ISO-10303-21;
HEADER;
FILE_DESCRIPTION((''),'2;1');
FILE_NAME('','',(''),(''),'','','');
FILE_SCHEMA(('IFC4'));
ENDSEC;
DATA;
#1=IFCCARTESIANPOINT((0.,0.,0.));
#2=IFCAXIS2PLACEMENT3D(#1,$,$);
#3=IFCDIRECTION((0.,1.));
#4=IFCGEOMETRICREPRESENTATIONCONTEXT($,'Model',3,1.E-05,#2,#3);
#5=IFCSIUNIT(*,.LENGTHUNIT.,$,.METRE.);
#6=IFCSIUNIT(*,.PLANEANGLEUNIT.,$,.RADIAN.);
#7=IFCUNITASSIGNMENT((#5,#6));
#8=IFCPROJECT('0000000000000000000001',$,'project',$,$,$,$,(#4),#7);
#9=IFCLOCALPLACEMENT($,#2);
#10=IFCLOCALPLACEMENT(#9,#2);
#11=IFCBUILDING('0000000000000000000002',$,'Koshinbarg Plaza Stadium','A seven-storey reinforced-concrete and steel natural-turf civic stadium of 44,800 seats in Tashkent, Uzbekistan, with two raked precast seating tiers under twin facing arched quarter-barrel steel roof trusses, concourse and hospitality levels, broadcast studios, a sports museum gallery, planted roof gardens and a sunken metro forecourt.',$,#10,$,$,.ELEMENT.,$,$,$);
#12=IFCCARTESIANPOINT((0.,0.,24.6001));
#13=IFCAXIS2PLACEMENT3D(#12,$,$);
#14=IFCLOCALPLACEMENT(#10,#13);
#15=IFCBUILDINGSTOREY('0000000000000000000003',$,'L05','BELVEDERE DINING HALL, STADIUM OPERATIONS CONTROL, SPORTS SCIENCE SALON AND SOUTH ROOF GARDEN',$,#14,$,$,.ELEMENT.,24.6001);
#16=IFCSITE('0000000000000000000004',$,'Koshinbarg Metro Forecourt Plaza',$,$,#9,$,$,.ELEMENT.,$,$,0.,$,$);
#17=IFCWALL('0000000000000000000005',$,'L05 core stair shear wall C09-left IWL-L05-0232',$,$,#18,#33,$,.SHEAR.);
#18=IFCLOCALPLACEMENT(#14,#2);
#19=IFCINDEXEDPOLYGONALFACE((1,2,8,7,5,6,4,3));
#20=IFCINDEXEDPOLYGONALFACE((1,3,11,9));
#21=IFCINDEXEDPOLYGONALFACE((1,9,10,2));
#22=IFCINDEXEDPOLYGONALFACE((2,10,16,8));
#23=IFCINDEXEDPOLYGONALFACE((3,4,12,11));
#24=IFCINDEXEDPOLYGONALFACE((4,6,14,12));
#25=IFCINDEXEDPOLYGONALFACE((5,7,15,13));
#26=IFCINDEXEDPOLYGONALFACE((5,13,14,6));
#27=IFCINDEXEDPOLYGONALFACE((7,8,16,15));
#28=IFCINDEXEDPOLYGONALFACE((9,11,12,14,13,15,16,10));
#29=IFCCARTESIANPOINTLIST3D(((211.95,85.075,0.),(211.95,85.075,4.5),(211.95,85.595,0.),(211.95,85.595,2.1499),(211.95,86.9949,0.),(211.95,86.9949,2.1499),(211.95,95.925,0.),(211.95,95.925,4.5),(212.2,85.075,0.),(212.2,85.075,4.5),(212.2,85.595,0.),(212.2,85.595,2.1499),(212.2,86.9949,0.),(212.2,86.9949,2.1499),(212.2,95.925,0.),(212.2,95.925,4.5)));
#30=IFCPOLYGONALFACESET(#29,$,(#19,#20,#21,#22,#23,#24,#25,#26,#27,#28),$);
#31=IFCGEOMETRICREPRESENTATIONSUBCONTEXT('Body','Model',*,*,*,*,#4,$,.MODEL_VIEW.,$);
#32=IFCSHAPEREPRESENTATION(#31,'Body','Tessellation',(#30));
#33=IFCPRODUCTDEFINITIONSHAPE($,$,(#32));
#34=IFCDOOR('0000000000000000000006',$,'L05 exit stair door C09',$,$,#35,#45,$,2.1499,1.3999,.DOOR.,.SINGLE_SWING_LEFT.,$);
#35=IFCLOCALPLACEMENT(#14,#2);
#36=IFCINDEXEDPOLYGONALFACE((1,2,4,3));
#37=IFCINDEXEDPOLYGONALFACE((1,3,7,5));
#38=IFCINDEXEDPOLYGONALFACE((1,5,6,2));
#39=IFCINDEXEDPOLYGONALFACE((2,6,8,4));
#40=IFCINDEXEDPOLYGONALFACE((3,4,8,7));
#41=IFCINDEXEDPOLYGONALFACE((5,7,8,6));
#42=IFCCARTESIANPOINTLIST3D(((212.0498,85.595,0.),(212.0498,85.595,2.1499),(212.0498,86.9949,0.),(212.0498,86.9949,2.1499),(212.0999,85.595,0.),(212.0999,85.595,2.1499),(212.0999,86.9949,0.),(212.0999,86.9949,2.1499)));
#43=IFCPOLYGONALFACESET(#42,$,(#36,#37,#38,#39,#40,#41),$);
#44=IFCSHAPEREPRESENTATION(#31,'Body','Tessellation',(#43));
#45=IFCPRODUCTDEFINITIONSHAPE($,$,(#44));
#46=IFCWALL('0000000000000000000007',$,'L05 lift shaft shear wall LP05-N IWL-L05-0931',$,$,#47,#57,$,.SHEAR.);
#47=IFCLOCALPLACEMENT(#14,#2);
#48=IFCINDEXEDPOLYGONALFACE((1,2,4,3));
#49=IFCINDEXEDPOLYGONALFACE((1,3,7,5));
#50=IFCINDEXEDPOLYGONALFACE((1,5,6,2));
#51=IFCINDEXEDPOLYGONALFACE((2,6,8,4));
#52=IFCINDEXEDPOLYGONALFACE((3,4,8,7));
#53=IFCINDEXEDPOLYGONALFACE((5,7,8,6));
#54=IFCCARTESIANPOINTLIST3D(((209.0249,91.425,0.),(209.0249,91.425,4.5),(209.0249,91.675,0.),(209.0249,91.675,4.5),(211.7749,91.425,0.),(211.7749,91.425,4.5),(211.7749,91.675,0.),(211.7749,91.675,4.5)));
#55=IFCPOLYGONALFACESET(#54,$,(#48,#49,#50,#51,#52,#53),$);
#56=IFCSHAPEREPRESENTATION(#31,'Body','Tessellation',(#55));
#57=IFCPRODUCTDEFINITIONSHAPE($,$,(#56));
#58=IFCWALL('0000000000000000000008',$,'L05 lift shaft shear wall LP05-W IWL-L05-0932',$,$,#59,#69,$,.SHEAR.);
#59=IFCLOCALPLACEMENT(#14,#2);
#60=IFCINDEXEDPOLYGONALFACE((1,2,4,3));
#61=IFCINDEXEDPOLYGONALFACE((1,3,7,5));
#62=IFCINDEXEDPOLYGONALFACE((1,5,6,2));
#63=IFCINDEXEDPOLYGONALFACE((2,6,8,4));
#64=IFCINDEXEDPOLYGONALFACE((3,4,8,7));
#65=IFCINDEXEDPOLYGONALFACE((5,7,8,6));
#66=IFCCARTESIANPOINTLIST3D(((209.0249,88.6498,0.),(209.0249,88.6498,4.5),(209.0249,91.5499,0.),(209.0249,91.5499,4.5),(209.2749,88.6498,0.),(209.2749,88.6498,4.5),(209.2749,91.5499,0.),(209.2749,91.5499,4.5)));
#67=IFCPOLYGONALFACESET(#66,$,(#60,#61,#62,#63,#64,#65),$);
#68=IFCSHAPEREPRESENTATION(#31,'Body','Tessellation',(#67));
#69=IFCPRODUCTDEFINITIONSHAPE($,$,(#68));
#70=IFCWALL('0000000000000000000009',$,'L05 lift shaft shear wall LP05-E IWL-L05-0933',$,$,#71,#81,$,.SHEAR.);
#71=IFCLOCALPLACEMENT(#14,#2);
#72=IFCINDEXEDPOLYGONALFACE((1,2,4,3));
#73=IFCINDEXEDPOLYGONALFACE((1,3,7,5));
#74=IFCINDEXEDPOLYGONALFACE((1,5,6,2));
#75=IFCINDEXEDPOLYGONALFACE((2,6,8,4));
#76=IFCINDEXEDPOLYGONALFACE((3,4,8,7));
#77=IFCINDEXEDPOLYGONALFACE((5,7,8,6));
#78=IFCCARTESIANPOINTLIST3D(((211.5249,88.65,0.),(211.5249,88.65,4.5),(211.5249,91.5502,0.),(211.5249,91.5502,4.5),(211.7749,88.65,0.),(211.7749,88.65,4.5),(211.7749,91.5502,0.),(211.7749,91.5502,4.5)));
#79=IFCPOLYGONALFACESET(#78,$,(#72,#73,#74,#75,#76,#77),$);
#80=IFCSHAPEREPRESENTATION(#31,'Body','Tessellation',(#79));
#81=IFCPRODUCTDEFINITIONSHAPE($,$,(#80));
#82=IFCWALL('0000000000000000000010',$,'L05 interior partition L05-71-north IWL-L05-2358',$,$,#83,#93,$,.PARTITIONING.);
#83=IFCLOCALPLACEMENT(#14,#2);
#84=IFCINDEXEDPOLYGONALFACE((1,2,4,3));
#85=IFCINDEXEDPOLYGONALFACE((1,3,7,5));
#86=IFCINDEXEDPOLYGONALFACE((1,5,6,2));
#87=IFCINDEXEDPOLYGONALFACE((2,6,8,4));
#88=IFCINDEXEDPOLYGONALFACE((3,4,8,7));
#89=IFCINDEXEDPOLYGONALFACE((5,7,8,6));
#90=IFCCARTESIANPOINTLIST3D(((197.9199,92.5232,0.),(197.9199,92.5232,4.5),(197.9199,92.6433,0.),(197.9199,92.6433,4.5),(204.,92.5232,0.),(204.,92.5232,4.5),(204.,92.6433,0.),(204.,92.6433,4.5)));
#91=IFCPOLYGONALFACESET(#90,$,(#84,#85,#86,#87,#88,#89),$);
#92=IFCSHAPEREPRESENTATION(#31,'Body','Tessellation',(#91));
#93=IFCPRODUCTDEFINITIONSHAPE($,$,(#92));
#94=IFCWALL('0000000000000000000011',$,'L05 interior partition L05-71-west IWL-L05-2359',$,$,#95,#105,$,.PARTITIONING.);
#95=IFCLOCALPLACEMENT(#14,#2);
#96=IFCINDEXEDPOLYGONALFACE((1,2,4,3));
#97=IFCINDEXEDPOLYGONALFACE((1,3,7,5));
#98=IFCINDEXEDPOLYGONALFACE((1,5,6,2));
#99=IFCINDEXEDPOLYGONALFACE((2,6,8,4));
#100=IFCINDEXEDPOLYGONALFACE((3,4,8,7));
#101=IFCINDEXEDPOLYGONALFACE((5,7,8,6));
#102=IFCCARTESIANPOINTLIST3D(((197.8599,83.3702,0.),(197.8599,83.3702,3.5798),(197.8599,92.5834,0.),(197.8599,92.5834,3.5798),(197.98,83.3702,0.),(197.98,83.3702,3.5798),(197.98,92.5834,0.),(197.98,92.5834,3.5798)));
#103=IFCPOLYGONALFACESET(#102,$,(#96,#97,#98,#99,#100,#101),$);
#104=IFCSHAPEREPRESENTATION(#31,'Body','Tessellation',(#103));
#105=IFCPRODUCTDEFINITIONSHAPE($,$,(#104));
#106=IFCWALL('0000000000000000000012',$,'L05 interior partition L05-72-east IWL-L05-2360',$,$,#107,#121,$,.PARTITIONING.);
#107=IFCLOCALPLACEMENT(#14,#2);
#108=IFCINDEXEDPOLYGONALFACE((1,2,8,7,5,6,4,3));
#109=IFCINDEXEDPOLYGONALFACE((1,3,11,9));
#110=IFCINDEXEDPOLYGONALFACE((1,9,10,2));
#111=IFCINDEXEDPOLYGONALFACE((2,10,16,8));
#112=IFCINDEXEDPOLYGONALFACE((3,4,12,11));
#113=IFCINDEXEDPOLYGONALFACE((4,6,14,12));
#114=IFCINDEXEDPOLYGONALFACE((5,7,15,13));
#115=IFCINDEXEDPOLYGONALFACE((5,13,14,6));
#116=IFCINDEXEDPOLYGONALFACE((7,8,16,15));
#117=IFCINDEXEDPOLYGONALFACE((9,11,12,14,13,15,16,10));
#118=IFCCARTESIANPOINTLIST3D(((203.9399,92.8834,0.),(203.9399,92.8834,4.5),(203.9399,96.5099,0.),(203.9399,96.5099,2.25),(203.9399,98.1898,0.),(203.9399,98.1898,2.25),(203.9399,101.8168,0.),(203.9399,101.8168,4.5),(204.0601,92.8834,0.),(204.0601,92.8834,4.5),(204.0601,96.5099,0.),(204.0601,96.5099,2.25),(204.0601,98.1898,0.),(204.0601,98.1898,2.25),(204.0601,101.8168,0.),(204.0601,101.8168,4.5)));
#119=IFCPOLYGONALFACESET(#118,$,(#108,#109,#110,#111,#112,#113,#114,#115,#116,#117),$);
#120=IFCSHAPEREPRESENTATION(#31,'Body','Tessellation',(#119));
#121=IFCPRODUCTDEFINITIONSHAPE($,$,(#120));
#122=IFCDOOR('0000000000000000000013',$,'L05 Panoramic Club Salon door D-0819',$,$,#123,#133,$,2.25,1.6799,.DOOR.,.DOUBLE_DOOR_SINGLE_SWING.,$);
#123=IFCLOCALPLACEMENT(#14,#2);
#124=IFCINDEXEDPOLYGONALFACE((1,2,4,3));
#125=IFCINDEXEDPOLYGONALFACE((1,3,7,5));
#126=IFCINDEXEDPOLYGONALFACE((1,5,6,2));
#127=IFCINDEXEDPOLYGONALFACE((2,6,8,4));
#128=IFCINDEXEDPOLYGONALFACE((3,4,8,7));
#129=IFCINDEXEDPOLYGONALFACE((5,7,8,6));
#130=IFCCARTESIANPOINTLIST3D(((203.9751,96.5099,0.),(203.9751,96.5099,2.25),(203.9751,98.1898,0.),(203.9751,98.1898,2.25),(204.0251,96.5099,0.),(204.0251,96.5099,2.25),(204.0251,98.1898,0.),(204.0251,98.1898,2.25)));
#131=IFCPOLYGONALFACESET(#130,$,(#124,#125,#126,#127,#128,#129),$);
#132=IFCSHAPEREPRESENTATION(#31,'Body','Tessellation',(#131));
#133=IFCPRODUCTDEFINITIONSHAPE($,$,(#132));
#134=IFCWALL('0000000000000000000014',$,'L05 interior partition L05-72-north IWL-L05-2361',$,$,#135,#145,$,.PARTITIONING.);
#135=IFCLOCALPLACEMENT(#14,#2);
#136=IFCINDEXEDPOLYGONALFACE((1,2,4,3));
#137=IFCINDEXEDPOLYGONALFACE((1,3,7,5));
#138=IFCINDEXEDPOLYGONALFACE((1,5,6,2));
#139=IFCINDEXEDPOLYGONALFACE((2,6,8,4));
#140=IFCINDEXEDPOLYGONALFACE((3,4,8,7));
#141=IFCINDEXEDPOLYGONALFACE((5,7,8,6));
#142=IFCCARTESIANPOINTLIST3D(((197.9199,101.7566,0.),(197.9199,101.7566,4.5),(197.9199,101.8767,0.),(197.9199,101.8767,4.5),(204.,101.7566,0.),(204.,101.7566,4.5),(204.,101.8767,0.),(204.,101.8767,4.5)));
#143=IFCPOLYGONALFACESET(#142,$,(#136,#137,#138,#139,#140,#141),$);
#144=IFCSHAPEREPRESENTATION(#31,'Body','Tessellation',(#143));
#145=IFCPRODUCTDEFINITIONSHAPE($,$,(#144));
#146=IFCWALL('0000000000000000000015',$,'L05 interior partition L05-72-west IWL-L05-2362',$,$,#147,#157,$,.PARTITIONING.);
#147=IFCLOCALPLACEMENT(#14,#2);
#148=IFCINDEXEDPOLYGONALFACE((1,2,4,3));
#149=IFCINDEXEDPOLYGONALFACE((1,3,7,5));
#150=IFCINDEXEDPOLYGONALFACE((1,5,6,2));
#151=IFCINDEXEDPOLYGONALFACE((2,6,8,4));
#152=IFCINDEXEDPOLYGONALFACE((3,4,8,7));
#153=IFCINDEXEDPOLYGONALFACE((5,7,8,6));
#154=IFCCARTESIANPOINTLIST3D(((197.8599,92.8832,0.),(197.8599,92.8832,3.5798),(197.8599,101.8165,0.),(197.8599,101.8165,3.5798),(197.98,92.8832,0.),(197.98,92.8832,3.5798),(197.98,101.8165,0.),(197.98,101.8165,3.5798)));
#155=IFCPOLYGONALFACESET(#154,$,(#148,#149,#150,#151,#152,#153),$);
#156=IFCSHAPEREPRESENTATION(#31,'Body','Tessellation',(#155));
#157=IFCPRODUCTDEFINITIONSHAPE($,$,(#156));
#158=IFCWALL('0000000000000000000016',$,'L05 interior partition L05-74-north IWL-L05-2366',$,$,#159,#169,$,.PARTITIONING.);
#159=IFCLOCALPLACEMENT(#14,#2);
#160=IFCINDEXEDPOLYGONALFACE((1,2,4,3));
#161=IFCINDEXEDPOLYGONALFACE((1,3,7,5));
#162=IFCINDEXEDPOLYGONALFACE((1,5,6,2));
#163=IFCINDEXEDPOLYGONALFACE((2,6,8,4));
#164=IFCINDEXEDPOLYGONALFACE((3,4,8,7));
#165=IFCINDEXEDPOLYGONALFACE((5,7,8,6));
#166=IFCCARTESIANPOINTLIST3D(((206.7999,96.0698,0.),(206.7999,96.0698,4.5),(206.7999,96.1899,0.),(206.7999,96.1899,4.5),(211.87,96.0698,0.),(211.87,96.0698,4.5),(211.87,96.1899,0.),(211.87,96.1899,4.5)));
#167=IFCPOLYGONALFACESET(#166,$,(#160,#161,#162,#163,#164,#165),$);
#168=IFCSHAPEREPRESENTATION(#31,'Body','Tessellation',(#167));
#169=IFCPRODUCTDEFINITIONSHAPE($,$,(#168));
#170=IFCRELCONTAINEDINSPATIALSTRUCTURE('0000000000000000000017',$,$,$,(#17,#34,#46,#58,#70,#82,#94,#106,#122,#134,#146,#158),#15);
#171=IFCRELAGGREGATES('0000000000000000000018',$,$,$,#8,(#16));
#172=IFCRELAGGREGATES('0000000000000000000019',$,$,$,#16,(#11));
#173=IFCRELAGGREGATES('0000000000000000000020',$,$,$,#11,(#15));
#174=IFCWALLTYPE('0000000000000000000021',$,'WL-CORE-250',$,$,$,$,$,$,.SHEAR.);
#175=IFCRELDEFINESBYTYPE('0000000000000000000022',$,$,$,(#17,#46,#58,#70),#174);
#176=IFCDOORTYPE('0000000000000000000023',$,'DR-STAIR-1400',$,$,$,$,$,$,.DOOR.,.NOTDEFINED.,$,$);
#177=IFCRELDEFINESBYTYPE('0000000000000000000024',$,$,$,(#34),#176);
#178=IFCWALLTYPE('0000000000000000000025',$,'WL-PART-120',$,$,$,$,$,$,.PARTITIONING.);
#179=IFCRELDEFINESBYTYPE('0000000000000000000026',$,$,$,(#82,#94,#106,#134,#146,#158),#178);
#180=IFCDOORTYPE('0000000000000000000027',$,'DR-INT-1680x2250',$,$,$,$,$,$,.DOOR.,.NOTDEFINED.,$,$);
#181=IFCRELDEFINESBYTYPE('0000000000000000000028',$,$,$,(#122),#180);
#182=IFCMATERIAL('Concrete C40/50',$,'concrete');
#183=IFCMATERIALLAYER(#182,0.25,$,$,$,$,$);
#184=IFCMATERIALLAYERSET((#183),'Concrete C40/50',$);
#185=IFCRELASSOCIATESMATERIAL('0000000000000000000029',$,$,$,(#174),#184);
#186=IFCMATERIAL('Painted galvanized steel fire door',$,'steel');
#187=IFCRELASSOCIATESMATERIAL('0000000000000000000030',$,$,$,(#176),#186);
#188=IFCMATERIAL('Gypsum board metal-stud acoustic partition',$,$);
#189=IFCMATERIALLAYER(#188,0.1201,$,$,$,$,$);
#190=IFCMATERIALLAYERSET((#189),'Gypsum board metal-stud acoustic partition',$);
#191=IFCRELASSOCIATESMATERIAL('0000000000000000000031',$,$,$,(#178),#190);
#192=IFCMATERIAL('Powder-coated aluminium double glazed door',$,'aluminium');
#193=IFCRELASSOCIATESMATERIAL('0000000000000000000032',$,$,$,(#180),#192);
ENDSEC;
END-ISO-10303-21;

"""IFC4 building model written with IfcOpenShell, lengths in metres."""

from ifc_helpers import new_model, si_unit, direction, frame, frame_2d, origin, place, context, subcontext, project, spatial, rectangle, extrude, material, layer, layer_set, type_object, element, fill, save


model = new_model("IFC4")

# Units and contexts
model_context = context("Model", 3, precision=1e-05, world=origin(), true_north=direction((0.0, 1.0)))
body_context = subcontext(model_context, "Body", "Model", "MODEL_VIEW")
ifc_project = project(units=[si_unit("LENGTHUNIT", "METRE"), si_unit("PLANEANGLEUNIT", "RADIAN")], contexts=[model_context])

# Site, building, storey
site_placement = place(None, origin())
site = spatial("IfcSite", under=ifc_project, at=site_placement, Name="Koshinbarg Metro Forecourt Plaza", CompositionType="ELEMENT", RefElevation=0.0)
building_placement = place(site_placement, origin())
building = spatial("IfcBuilding", under=site, at=building_placement, Name="Koshinbarg Plaza Stadium", Description="A seven-storey reinforced-concrete and steel natural-turf civic stadium of 44,800 seats in Tashkent, Uzbekistan, with two raked precast seating tiers under twin facing arched quarter-barrel steel roof trusses, concourse and hospitality levels, broadcast studios, a sports museum gallery, planted roof gardens and a sunken metro forecourt.", CompositionType="ELEMENT")
storey_placement = place(building_placement, frame((0.0, 0.0, 24.6001)))
storey = spatial("IfcBuildingStorey", under=building, at=storey_placement, Name="L05", Description="BELVEDERE DINING HALL, STADIUM OPERATIONS CONTROL, SPORTS SCIENCE SALON AND SOUTH ROOF GARDEN", CompositionType="ELEMENT", Elevation=24.6001)

# Shared definitions
ifc_material_1 = material(Name="Concrete C40/50", Category="concrete")

# Wall, opening, door
ifc_layer_1 = layer(ifc_material_1, 0.25)
ifc_layer_set_1 = layer_set([ifc_layer_1], Name="Concrete C40/50")
wall_type_1 = type_object("IfcWallType", Name="WL-CORE-250", PredefinedType="SHEAR", material=ifc_layer_set_1)
wall_1_placement = place(storey_placement, frame((212.075, 85.075, 0.0), z_axis=(0.0, 0.0, 1.0), x_axis=(0.0, 1.0, 0.0)))
wall_1 = element("IfcWall", 1, at=wall_1_placement, inside=storey, type_object=wall_type_1, Name="L05 core stair shear wall C09-left IWL-L05-0232", PredefinedType="SHEAR", context=body_context, shape_type="SweptSolid", body=[
    extrude(rectangle(XDim=10.8501, YDim=0.25, at=frame_2d((5.425, 0.0))), origin(), (0.0, 0.0, 1.0), 4.5),
])
opening_1_placement = place(wall_1_placement, frame((0.52, 0.0, 0.0)))
opening_1 = element("IfcOpeningElement", 2, at=opening_1_placement, cuts=wall_1, PredefinedType="OPENING", context=body_context, shape_type="SweptSolid", body=[
    extrude(rectangle(XDim=1.3999, YDim=2.1499, at=frame_2d((0.7, 1.075))), frame((0.0, 0.135, 0.0), z_axis=(0.0, -1.0, 0.0), x_axis=(1.0, 0.0, 0.0)), (0.0, 0.0, 1.0), 0.27),
])
ifc_material_2 = material(Name="Painted galvanized steel fire door", Category="steel")
door_type_1 = type_object("IfcDoorType", Name="DR-STAIR-1400", OperationType="NOTDEFINED", PredefinedType="DOOR", material=ifc_material_2)
door_1_placement = place(opening_1_placement, frame((1.3999, 0.0, 0.0), z_axis=(0.0, 0.0, 1.0), x_axis=(-1.0, 0.0, 0.0)))
door_1 = element("IfcDoor", 3, at=door_1_placement, inside=storey, type_object=door_type_1, Name="L05 exit stair door C09", OperationType="SINGLE_SWING_LEFT", OverallHeight=2.1499, OverallWidth=1.3999, PredefinedType="DOOR", context=body_context, shape_type="SweptSolid", body=[
    extrude(rectangle(XDim=1.3999, YDim=2.1499, at=frame_2d((0.7, 1.075))), frame((0.0, 0.0249, 0.0), z_axis=(0.0, -1.0, 0.0), x_axis=(1.0, 0.0, 0.0)), (0.0, 0.0, 1.0), 0.05),
])
fill(opening_1, door_1)

# Walls
wall_2_placement = place(storey_placement, frame((211.7749, 91.55, 0.0), z_axis=(0.0, 0.0, 1.0), x_axis=(-1.0, 0.0, 0.0)))
element("IfcWall", 4, at=wall_2_placement, inside=storey, type_object=wall_type_1, Name="L05 lift shaft shear wall LP05-N IWL-L05-0931", PredefinedType="SHEAR", context=body_context, shape_type="SweptSolid", body=[
    extrude(rectangle(XDim=2.75, YDim=0.25, at=frame_2d((1.375, 0.0))), origin(), (0.0, 0.0, 1.0), 4.5),
])
for number, where, z_axis, x_axis, name in (
    (5, (209.1499, 91.55, 0.0), (0.0, 0.0, 1.0), (0.0, -1.0, 0.0), "L05 lift shaft shear wall LP05-W IWL-L05-0932"),
    (6, (211.6499, 88.6499, 0.0), (0.0, 0.0, 1.0), (0.0, 1.0, 0.0), "L05 lift shaft shear wall LP05-E IWL-L05-0933"),
):
    element("IfcWall", number, at=place(storey_placement, frame(where, z_axis=z_axis, x_axis=x_axis)), inside=storey, type_object=wall_type_1, Name=name, PredefinedType="SHEAR", context=body_context, shape_type="SweptSolid", body=[
        extrude(rectangle(XDim=2.9001, YDim=0.25, at=frame_2d((1.4502, 0.0))), origin(), (0.0, 0.0, 1.0), 4.5),
    ])
ifc_material_3 = material(Name="Gypsum board metal-stud acoustic partition")
ifc_layer_2 = layer(ifc_material_3, 0.1201)
ifc_layer_set_2 = layer_set([ifc_layer_2], Name="Gypsum board metal-stud acoustic partition")
wall_type_2 = type_object("IfcWallType", Name="WL-PART-120", PredefinedType="PARTITIONING", material=ifc_layer_set_2)
wall_3_placement = place(storey_placement, frame((204.0, 92.5833, 0.0), z_axis=(0.0, 0.0, 1.0), x_axis=(-1.0, 0.0, 0.0)))
element("IfcWall", 7, at=wall_3_placement, inside=storey, type_object=wall_type_2, Name="L05 interior partition L05-71-north IWL-L05-2358", PredefinedType="PARTITIONING", context=body_context, shape_type="SweptSolid", body=[
    extrude(rectangle(XDim=6.0801, YDim=0.1201, at=frame_2d((3.04, 0.0))), origin(), (0.0, 0.0, 1.0), 4.5),
])
wall_4_placement = place(storey_placement, frame((197.9199, 92.5833, 0.0), z_axis=(0.0, 0.0, 1.0), x_axis=(0.0, -1.0, 0.0)))
element("IfcWall", 8, at=wall_4_placement, inside=storey, type_object=wall_type_2, Name="L05 interior partition L05-71-west IWL-L05-2359", PredefinedType="PARTITIONING", context=body_context, shape_type="SweptSolid", body=[
    extrude(rectangle(XDim=9.2131, YDim=0.1201, at=frame_2d((4.6064, 0.0))), origin(), (0.0, 0.0, 1.0), 3.5798),
])

# Wall, opening, door
wall_5_placement = place(storey_placement, frame((204.0, 92.8833, 0.0), z_axis=(0.0, 0.0, 1.0), x_axis=(0.0, 1.0, 0.0)))
wall_5 = element("IfcWall", 9, at=wall_5_placement, inside=storey, type_object=wall_type_2, Name="L05 interior partition L05-72-east IWL-L05-2360", PredefinedType="PARTITIONING", context=body_context, shape_type="SweptSolid", body=[
    extrude(rectangle(XDim=8.9333, YDim=0.1201, at=frame_2d((4.4668, 0.0))), origin(), (0.0, 0.0, 1.0), 4.5),
])
opening_2_placement = place(wall_5_placement, frame((3.6267, 0.0, 0.0)))
opening_2 = element("IfcOpeningElement", 10, at=opening_2_placement, cuts=wall_5, PredefinedType="OPENING", context=body_context, shape_type="SweptSolid", body=[
    extrude(rectangle(XDim=1.6799, YDim=2.25, at=frame_2d((0.8398, 1.125))), frame((0.0, 0.0701, 0.0), z_axis=(0.0, -1.0, 0.0), x_axis=(1.0, 0.0, 0.0)), (0.0, 0.0, 1.0), 0.1401),
])
ifc_material_4 = material(Name="Powder-coated aluminium double glazed door", Category="aluminium")
door_type_2 = type_object("IfcDoorType", Name="DR-INT-1680x2250", OperationType="NOTDEFINED", PredefinedType="DOOR", material=ifc_material_4)
door_2_placement = place(opening_2_placement, origin())
door_2 = element("IfcDoor", 11, at=door_2_placement, inside=storey, type_object=door_type_2, Name="L05 Panoramic Club Salon door D-0819", OperationType="DOUBLE_DOOR_SINGLE_SWING", OverallHeight=2.25, OverallWidth=1.6799, PredefinedType="DOOR", context=body_context, shape_type="SweptSolid", body=[
    extrude(rectangle(XDim=1.6799, YDim=2.25, at=frame_2d((0.8398, 1.125))), frame((0.0, 0.0249, 0.0), z_axis=(0.0, -1.0, 0.0), x_axis=(1.0, 0.0, 0.0)), (0.0, 0.0, 1.0), 0.05),
])
fill(opening_2, door_2)

# Walls
wall_6_placement = place(storey_placement, frame((204.0, 101.8167, 0.0), z_axis=(0.0, 0.0, 1.0), x_axis=(-1.0, 0.0, 0.0)))
element("IfcWall", 12, at=wall_6_placement, inside=storey, type_object=wall_type_2, Name="L05 interior partition L05-72-north IWL-L05-2361", PredefinedType="PARTITIONING", context=body_context, shape_type="SweptSolid", body=[
    extrude(rectangle(XDim=6.0801, YDim=0.1201, at=frame_2d((3.04, 0.0))), origin(), (0.0, 0.0, 1.0), 4.5),
])
wall_7_placement = place(storey_placement, frame((197.9199, 101.8167, 0.0), z_axis=(0.0, 0.0, 1.0), x_axis=(0.0, -1.0, 0.0)))
element("IfcWall", 13, at=wall_7_placement, inside=storey, type_object=wall_type_2, Name="L05 interior partition L05-72-west IWL-L05-2362", PredefinedType="PARTITIONING", context=body_context, shape_type="SweptSolid", body=[
    extrude(rectangle(XDim=8.9333, YDim=0.1201, at=frame_2d((4.4668, 0.0))), origin(), (0.0, 0.0, 1.0), 3.5798),
])
wall_8_placement = place(storey_placement, frame((211.8701, 96.1299, 0.0), z_axis=(0.0, 0.0, 1.0), x_axis=(-1.0, 0.0, 0.0)))
element("IfcWall", 14, at=wall_8_placement, inside=storey, type_object=wall_type_2, Name="L05 interior partition L05-74-north IWL-L05-2366", PredefinedType="PARTITIONING", context=body_context, shape_type="SweptSolid", body=[
    extrude(rectangle(XDim=5.0701, YDim=0.1201, at=frame_2d((2.5352, 0.0))), origin(), (0.0, 0.0, 1.0), 4.5),
])

save(model, "model.ifc")
